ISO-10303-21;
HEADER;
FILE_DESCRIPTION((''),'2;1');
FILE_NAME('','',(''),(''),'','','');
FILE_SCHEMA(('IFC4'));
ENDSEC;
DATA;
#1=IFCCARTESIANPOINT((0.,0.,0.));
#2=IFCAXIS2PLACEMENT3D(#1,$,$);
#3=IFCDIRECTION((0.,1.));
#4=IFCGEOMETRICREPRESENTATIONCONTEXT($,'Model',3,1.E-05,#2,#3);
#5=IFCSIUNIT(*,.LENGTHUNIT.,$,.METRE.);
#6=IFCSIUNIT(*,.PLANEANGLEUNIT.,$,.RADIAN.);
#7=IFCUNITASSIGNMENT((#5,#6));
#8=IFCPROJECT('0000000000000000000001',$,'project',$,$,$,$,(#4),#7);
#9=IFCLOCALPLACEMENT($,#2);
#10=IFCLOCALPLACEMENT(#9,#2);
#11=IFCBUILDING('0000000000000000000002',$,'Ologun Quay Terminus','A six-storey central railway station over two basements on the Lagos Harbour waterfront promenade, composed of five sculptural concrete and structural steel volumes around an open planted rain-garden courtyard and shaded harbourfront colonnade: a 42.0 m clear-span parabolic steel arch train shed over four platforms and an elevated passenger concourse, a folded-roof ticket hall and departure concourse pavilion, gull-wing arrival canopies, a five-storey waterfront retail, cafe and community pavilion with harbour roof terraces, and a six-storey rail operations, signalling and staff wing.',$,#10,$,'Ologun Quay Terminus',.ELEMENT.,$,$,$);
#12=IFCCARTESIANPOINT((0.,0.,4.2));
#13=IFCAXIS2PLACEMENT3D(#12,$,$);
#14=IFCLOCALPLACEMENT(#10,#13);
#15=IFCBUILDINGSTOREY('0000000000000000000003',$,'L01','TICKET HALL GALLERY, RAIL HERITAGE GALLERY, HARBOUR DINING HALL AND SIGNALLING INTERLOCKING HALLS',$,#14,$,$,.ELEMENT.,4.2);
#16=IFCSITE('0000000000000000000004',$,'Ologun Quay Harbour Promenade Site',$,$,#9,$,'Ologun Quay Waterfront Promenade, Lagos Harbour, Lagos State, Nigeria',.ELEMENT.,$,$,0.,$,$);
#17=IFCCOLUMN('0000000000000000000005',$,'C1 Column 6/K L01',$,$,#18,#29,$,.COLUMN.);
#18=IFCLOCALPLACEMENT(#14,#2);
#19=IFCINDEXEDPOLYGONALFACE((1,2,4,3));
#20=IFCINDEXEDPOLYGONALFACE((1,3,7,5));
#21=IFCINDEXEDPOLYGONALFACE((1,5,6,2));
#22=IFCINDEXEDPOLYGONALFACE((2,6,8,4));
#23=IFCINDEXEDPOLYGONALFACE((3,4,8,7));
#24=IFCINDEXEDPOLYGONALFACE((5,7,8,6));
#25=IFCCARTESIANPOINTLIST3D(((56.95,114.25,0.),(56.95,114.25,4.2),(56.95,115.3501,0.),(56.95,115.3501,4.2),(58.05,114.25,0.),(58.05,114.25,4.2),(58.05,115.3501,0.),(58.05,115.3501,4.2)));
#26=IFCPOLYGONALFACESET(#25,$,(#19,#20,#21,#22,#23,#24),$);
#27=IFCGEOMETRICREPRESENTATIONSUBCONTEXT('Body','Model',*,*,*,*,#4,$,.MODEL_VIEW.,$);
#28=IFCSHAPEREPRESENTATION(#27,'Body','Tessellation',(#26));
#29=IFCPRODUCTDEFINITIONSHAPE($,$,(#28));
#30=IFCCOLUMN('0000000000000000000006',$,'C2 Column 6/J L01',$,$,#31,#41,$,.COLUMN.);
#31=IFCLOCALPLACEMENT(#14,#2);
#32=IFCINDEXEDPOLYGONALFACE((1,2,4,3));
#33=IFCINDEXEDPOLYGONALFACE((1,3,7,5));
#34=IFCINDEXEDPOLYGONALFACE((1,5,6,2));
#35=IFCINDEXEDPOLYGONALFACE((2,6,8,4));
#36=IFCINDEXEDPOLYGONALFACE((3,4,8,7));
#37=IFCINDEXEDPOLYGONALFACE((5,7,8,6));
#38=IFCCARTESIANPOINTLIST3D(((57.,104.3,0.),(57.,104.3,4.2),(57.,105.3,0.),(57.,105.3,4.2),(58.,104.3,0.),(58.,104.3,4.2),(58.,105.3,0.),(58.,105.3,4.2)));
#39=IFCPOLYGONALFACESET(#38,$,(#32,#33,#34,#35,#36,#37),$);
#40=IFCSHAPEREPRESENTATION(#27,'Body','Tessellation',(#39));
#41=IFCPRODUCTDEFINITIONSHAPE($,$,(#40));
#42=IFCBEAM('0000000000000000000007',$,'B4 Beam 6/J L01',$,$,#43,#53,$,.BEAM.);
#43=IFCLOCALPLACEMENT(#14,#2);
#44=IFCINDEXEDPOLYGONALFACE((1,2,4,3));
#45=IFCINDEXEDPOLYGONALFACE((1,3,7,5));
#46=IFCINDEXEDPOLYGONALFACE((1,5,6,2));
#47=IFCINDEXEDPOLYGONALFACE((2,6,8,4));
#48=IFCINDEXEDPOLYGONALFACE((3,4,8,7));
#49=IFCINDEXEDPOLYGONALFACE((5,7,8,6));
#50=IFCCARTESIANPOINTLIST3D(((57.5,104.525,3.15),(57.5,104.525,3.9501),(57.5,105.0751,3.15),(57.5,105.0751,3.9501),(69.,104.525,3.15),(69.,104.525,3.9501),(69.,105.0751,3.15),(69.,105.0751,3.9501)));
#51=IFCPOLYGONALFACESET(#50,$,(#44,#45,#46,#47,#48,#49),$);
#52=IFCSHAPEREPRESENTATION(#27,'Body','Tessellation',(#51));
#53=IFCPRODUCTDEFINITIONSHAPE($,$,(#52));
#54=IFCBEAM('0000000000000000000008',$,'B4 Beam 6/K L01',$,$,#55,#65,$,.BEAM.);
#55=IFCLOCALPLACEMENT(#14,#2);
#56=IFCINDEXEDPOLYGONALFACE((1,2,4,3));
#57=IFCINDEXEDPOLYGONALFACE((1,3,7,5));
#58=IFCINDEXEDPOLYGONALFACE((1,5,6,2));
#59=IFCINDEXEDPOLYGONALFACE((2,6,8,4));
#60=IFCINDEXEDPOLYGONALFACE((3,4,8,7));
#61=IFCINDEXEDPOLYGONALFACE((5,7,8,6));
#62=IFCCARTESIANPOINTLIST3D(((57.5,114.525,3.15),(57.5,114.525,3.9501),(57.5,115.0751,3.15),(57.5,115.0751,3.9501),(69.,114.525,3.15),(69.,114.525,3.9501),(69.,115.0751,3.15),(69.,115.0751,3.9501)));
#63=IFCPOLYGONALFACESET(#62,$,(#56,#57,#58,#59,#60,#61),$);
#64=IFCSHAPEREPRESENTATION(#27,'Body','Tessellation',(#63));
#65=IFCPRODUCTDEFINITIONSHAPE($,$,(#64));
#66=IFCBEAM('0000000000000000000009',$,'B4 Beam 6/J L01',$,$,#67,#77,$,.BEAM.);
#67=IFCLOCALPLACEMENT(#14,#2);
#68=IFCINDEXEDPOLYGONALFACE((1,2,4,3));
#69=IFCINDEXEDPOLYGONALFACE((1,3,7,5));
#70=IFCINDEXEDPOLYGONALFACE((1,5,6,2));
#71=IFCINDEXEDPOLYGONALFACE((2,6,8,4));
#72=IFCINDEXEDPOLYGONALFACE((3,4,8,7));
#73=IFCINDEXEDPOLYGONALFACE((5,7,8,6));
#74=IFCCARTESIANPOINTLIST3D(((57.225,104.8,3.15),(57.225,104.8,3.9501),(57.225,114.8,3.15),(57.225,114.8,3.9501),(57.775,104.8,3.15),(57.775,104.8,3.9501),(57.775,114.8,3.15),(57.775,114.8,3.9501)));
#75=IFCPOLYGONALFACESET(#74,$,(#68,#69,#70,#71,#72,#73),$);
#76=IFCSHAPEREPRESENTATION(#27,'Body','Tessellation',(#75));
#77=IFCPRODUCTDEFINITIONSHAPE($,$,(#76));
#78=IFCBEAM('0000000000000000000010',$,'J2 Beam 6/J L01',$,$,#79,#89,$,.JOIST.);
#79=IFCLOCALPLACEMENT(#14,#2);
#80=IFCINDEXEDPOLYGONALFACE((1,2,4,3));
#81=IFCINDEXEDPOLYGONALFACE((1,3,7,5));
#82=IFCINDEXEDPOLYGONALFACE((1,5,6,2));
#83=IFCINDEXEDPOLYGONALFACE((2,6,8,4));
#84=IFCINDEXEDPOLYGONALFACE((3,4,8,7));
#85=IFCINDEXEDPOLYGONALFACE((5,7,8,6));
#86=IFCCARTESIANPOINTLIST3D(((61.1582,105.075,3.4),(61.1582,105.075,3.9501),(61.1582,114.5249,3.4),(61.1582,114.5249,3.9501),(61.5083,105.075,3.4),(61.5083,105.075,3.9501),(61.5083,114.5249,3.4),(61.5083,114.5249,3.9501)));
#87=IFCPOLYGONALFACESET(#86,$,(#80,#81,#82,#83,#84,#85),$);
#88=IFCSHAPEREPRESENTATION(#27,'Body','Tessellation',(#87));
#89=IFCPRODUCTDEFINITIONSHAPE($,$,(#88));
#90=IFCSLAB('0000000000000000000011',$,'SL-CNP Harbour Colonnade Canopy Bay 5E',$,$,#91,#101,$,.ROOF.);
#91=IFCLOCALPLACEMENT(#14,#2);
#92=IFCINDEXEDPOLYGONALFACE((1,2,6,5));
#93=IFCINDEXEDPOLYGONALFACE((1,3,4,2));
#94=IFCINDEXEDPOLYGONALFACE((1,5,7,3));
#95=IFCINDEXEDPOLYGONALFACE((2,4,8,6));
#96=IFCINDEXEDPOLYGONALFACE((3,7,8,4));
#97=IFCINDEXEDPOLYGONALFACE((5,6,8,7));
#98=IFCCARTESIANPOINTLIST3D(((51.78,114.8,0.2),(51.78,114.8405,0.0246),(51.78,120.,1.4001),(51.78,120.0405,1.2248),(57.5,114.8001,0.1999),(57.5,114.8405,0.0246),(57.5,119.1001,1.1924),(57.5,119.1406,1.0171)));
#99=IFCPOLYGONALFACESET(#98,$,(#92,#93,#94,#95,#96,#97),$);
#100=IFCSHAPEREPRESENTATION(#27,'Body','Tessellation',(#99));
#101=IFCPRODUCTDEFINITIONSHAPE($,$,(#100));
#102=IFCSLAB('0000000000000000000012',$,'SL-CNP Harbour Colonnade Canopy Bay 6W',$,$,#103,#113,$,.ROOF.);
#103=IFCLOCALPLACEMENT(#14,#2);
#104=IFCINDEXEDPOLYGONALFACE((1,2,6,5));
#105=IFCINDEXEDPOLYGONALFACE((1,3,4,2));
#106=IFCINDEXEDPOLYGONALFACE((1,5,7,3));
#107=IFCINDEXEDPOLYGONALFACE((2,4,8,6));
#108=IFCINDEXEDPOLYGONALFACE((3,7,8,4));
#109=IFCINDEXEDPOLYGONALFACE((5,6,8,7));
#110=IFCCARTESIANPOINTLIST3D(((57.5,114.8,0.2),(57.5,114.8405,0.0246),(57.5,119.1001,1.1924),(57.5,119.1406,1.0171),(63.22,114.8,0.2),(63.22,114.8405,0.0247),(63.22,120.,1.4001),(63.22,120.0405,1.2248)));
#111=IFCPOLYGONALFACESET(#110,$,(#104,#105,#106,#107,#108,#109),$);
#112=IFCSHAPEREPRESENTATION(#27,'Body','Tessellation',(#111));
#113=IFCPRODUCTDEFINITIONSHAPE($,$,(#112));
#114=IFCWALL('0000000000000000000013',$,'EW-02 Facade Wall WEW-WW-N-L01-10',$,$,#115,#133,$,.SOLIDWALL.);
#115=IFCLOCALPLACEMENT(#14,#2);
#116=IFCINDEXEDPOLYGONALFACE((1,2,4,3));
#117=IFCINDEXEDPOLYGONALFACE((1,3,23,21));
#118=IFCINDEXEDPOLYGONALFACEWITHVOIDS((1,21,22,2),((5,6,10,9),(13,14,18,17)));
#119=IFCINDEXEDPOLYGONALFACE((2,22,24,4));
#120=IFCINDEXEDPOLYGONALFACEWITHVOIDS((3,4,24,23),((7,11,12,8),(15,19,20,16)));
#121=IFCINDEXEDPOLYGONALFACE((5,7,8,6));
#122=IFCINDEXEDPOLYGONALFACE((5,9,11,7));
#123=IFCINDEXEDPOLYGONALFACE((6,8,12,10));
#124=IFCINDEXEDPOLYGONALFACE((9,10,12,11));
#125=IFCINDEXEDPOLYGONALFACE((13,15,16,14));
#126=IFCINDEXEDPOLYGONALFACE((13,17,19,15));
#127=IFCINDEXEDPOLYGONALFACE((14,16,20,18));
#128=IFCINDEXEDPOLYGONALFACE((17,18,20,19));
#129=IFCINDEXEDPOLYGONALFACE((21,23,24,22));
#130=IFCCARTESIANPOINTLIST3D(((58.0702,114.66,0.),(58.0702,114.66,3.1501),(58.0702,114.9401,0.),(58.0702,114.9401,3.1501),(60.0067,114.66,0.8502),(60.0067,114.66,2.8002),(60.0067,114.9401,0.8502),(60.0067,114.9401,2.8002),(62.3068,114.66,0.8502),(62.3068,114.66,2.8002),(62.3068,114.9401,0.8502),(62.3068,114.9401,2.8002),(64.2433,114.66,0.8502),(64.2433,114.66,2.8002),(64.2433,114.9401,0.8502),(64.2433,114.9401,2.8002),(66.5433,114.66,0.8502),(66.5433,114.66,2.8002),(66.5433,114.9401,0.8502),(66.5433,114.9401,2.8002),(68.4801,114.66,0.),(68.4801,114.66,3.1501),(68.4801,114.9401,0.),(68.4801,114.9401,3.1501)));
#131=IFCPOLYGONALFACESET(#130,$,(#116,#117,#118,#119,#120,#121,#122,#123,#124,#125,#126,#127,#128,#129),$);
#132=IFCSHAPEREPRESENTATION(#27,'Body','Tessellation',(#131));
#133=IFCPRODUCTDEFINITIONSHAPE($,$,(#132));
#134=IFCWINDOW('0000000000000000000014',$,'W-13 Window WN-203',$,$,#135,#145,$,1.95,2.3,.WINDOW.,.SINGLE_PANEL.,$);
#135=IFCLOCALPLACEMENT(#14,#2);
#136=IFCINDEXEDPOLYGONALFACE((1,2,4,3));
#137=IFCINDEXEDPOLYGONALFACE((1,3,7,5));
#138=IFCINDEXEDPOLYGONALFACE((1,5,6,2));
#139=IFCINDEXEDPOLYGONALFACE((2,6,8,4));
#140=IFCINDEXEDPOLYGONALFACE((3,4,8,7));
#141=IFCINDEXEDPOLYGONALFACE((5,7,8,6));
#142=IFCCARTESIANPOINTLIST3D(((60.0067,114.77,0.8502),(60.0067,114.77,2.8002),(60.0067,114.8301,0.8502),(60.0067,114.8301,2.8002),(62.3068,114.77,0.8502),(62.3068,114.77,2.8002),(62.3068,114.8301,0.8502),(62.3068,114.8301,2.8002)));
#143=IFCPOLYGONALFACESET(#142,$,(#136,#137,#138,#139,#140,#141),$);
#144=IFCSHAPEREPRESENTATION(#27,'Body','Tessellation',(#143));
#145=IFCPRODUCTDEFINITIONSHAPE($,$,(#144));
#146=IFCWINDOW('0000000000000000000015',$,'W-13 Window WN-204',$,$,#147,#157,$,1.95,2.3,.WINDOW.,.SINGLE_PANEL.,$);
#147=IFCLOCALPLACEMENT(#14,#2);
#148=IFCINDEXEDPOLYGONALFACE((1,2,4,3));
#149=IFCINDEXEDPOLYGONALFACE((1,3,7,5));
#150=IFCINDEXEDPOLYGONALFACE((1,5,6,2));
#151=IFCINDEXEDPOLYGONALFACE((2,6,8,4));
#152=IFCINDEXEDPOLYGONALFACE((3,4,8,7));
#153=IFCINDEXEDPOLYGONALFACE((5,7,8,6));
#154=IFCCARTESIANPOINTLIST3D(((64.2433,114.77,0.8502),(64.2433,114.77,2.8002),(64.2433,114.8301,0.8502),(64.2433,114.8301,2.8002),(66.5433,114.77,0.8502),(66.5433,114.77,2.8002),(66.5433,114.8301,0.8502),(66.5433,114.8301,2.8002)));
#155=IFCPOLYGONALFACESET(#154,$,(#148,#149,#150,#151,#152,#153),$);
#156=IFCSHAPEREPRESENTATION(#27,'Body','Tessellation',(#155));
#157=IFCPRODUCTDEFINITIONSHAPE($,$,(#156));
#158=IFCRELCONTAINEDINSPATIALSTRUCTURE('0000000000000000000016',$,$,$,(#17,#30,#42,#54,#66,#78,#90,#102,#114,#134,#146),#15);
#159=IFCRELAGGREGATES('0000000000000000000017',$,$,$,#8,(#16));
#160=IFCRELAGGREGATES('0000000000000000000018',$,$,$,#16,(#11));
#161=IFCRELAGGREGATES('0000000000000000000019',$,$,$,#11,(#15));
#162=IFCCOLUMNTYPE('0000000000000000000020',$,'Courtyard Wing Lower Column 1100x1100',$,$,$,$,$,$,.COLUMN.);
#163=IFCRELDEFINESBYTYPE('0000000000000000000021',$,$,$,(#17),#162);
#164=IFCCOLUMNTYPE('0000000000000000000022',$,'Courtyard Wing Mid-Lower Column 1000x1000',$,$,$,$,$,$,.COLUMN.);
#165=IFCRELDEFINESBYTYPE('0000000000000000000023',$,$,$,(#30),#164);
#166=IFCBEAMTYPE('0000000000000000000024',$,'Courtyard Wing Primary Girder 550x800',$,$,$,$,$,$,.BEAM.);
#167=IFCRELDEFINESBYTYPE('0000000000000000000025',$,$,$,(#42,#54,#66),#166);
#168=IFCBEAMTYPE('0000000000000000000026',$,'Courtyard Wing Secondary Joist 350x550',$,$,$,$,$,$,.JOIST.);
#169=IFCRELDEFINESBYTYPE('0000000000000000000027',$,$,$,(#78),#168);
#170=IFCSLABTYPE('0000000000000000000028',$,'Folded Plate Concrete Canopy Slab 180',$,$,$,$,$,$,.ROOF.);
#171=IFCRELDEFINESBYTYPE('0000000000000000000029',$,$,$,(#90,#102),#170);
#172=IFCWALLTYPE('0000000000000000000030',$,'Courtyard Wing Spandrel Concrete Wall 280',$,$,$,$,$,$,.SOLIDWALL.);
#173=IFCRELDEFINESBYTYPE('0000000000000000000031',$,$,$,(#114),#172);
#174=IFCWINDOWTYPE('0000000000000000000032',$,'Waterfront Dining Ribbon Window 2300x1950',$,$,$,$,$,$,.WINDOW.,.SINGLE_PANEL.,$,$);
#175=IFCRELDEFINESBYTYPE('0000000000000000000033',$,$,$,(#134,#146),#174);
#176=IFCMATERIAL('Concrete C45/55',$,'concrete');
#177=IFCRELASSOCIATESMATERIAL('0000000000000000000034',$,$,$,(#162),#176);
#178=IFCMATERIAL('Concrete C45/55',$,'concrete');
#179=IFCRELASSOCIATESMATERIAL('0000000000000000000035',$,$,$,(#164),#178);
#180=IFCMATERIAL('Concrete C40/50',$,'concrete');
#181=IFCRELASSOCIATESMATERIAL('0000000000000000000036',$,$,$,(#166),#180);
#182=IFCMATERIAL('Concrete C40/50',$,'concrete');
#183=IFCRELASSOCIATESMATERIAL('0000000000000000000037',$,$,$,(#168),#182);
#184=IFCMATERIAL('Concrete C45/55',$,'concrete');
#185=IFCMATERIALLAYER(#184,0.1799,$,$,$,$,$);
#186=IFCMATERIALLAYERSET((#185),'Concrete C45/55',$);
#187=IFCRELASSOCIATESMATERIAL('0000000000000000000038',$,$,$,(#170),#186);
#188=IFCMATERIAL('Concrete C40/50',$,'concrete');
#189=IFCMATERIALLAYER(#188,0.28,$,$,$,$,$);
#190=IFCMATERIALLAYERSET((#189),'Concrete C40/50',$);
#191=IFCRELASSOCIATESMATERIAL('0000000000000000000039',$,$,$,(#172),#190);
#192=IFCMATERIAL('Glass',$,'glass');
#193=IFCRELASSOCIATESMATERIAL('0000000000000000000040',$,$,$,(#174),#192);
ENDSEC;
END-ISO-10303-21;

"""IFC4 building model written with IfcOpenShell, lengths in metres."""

from ifc_helpers import new_model, si_unit, direction, frame, frame_2d, origin, origin_2d, place, context, subcontext, project, spatial, polyline, rectangle, outline, extrude, material, layer, layer_set, material_profile, profile_set, type_object, element, fill, save


model = new_model("IFC4")

# Units and contexts
model_context = context("Model", 3, precision=1e-05, world=origin(), true_north=direction((0.0, 1.0)))
body_context = subcontext(model_context, "Body", "Model", "MODEL_VIEW")
ifc_project = project(units=[si_unit("LENGTHUNIT", "METRE"), si_unit("PLANEANGLEUNIT", "RADIAN")], contexts=[model_context])

# Site, building, storey
site_placement = place(None, origin())
site = spatial("IfcSite", under=ifc_project, at=site_placement, Name="Ologun Quay Harbour Promenade Site", LongName="Ologun Quay Waterfront Promenade, Lagos Harbour, Lagos State, Nigeria", CompositionType="ELEMENT", RefElevation=0.0)
building_placement = place(site_placement, origin())
building = spatial("IfcBuilding", under=site, at=building_placement, Name="Ologun Quay Terminus", Description="A six-storey central railway station over two basements on the Lagos Harbour waterfront promenade, composed of five sculptural concrete and structural steel volumes around an open planted rain-garden courtyard and shaded harbourfront colonnade: a 42.0 m clear-span parabolic steel arch train shed over four platforms and an elevated passenger concourse, a folded-roof ticket hall and departure concourse pavilion, gull-wing arrival canopies, a five-storey waterfront retail, cafe and community pavilion with harbour roof terraces, and a six-storey rail operations, signalling and staff wing.", LongName="Ologun Quay Terminus", CompositionType="ELEMENT")
storey_placement = place(building_placement, frame((0.0, 0.0, 4.2)))
storey = spatial("IfcBuildingStorey", under=building, at=storey_placement, Name="L01", Description="TICKET HALL GALLERY, RAIL HERITAGE GALLERY, HARBOUR DINING HALL AND SIGNALLING INTERLOCKING HALLS", CompositionType="ELEMENT", Elevation=4.2)

# Columns
ifc_material_1 = material(Name="Concrete C45/55", Category="concrete")
ifc_material_profile_1 = material_profile(ifc_material_1, rectangle(XDim=1.1001, YDim=1.1001, at=origin_2d()), Name="RC 1100x1100")
ifc_profile_set_1 = profile_set([ifc_material_profile_1], Name="Concrete C45/55")
column_type_1 = type_object("IfcColumnType", Name="Courtyard Wing Lower Column 1100x1100", PredefinedType="COLUMN", material=ifc_profile_set_1)
column_1_placement = place(storey_placement, frame((57.5, 114.8, 0.0), z_axis=(0.0, 0.0, 1.0), x_axis=(1.0, 0.0, 0.0)))
element("IfcColumn", 1, at=column_1_placement, inside=storey, type_object=column_type_1, Name="C1 Column 6/K L01", PredefinedType="COLUMN", context=body_context, shape_type="SweptSolid", body=[
    extrude(rectangle(XDim=1.1001, YDim=1.1001, at=origin_2d()), origin(), (0.0, 0.0, 1.0), 4.2),
])
ifc_material_2 = material(Name="Concrete C45/55", Category="concrete")
ifc_material_profile_2 = material_profile(ifc_material_2, rectangle(XDim=1.0, YDim=1.0, at=origin_2d()), Name="RC 1000x1000")
ifc_profile_set_2 = profile_set([ifc_material_profile_2], Name="Concrete C45/55")
column_type_2 = type_object("IfcColumnType", Name="Courtyard Wing Mid-Lower Column 1000x1000", PredefinedType="COLUMN", material=ifc_profile_set_2)
column_2_placement = place(storey_placement, frame((57.5, 104.8, 0.0), z_axis=(0.0, 0.0, 1.0), x_axis=(1.0, 0.0, 0.0)))
element("IfcColumn", 2, at=column_2_placement, inside=storey, type_object=column_type_2, Name="C2 Column 6/J L01", PredefinedType="COLUMN", context=body_context, shape_type="SweptSolid", body=[
    extrude(rectangle(XDim=1.0, YDim=1.0, at=origin_2d()), origin(), (0.0, 0.0, 1.0), 4.2),
])

# Beams
ifc_material_3 = material(Name="Concrete C40/50", Category="concrete")
ifc_material_profile_3 = material_profile(ifc_material_3, rectangle(XDim=0.55, YDim=0.8, at=origin_2d()), Name="RC 550x800")
ifc_profile_set_3 = profile_set([ifc_material_profile_3], Name="Concrete C40/50")
beam_type_1 = type_object("IfcBeamType", Name="Courtyard Wing Primary Girder 550x800", PredefinedType="BEAM", material=ifc_profile_set_3)
for number, where, z_axis, x_axis, name in (
    (3, (57.5, 104.8, 3.55), (1.0, 0.0, 0.0), (0.0, 1.0, 0.0), "B4 Beam 6/J L01"),
    (4, (57.5, 114.8, 3.55), (1.0, 0.0, 0.0), (0.0, 1.0, 0.0), "B4 Beam 6/K L01"),
):
    element("IfcBeam", number, at=place(storey_placement, frame(where, z_axis=z_axis, x_axis=x_axis)), inside=storey, type_object=beam_type_1, Name=name, PredefinedType="BEAM", context=body_context, shape_type="SweptSolid", body=[
        extrude(rectangle(XDim=0.55, YDim=0.8, at=origin_2d()), origin(), (0.0, 0.0, 1.0), 11.5),
    ])
beam_1_placement = place(storey_placement, frame((57.5, 104.8, 3.55), z_axis=(0.0, 1.0, 0.0), x_axis=(-1.0, 0.0, 0.0)))
element("IfcBeam", 5, at=beam_1_placement, inside=storey, type_object=beam_type_1, Name="B4 Beam 6/J L01", PredefinedType="BEAM", context=body_context, shape_type="SweptSolid", body=[
    extrude(rectangle(XDim=0.55, YDim=0.8, at=origin_2d()), origin(), (0.0, 0.0, 1.0), 10.0),
])
ifc_material_4 = material(Name="Concrete C40/50", Category="concrete")
ifc_material_profile_4 = material_profile(ifc_material_4, rectangle(XDim=0.3501, YDim=0.55, at=origin_2d()), Name="RC 350x550")
ifc_profile_set_4 = profile_set([ifc_material_profile_4], Name="Concrete C40/50")
beam_type_2 = type_object("IfcBeamType", Name="Courtyard Wing Secondary Joist 350x550", PredefinedType="JOIST", material=ifc_profile_set_4)
beam_2_placement = place(storey_placement, frame((61.3333, 105.075, 3.675), z_axis=(0.0, 1.0, 0.0), x_axis=(-1.0, 0.0, 0.0)))
element("IfcBeam", 6, at=beam_2_placement, inside=storey, type_object=beam_type_2, Name="J2 Beam 6/J L01", PredefinedType="JOIST", context=body_context, shape_type="SweptSolid", body=[
    extrude(rectangle(XDim=0.3501, YDim=0.55, at=origin_2d()), origin(), (0.0, 0.0, 1.0), 9.45),
])

# Slabs
ifc_material_5 = material(Name="Concrete C45/55", Category="concrete")
ifc_layer_1 = layer(ifc_material_5, 0.1799)
ifc_layer_set_1 = layer_set([ifc_layer_1], Name="Concrete C45/55")
slab_type = type_object("IfcSlabType", Name="Folded Plate Concrete Canopy Slab 180", PredefinedType="ROOF", material=ifc_layer_set_1)
slab_1_placement = place(storey_placement, frame((51.78, 114.8, 0.2), z_axis=(0.000005, -0.224891, 0.974384), x_axis=(1.0, 0.000001, -0.000005)))
element("IfcSlab", 7, at=slab_1_placement, inside=storey, type_object=slab_type, Name="SL-CNP Harbour Colonnade Canopy Bay 5E", PredefinedType="ROOF", context=body_context, shape_type="SweptSolid", body=[
    extrude(outline(polyline([(0.0, 0.0), (5.72, 0.0), (5.72, 4.4131), (0.0, 5.3367), (0.0, 0.0)])), origin(), (0.0, 0.0, -1.0), 0.1799),
])
slab_2_placement = place(storey_placement, frame((57.5, 114.8, 0.2), z_axis=(-0.000005, -0.224891, 0.974384), x_axis=(1.0, -0.000001, 0.000005)))
element("IfcSlab", 8, at=slab_2_placement, inside=storey, type_object=slab_type, Name="SL-CNP Harbour Colonnade Canopy Bay 6W", PredefinedType="ROOF", context=body_context, shape_type="SweptSolid", body=[
    extrude(outline(polyline([(0.0, 0.0), (5.72, 0.0), (5.72, 5.3367), (0.0, 4.4131), (0.0, 0.0)])), origin(), (0.0, 0.0, -1.0), 0.1799),
])

# Wall, openings, windows
ifc_material_6 = material(Name="Concrete C40/50", Category="concrete")
ifc_layer_2 = layer(ifc_material_6, 0.28)
ifc_layer_set_2 = layer_set([ifc_layer_2], Name="Concrete C40/50")
wall_type = type_object("IfcWallType", Name="Courtyard Wing Spandrel Concrete Wall 280", PredefinedType="SOLIDWALL", material=ifc_layer_set_2)
wall_1_placement = place(storey_placement, frame((58.0701, 114.8, 0.0), z_axis=(0.0, 0.0, 1.0), x_axis=(1.0, 0.0, 0.0)))
wall_1 = element("IfcWall", 9, at=wall_1_placement, inside=storey, type_object=wall_type, Name="EW-02 Facade Wall WEW-WW-N-L01-10", PredefinedType="SOLIDWALL", context=body_context, shape_type="SweptSolid", body=[
    extrude(rectangle(XDim=10.4099, YDim=0.28, at=frame_2d((5.2051, 0.0))), origin(), (0.0, 0.0, 1.0), 3.1501),
])
opening_1_placement = place(wall_1_placement, frame((1.9368, 0.0, 0.8501)))
opening_1 = element("IfcOpeningElement", 10, at=opening_1_placement, cuts=wall_1, PredefinedType="OPENING", context=body_context, shape_type="SweptSolid", body=[
    extrude(rectangle(XDim=2.3, YDim=1.95, at=frame_2d((1.1499, 0.9751))), frame((0.0, 0.1499, 0.0), z_axis=(0.0, -1.0, 0.0), x_axis=(1.0, 0.0, 0.0)), (0.0, 0.0, 1.0), 0.3),
])
opening_2_placement = place(wall_1_placement, frame((6.1733, 0.0, 0.8501)))
opening_2 = element("IfcOpeningElement", 11, at=opening_2_placement, cuts=wall_1, PredefinedType="OPENING", context=body_context, shape_type="SweptSolid", body=[
    extrude(rectangle(XDim=2.3, YDim=1.95, at=frame_2d((1.1499, 0.9751))), frame((0.0, 0.1499, 0.0), z_axis=(0.0, -1.0, 0.0), x_axis=(1.0, 0.0, 0.0)), (0.0, 0.0, 1.0), 0.3),
])
ifc_material_7 = material(Name="Glass", Category="glass")
window_type_1 = type_object("IfcWindowType", Name="Waterfront Dining Ribbon Window 2300x1950", PartitioningType="SINGLE_PANEL", PredefinedType="WINDOW", material=ifc_material_7)
window_1_placement = place(opening_1_placement, origin())
window_1 = element("IfcWindow", 12, at=window_1_placement, inside=storey, type_object=window_type_1, Name="W-13 Window WN-203", OverallHeight=1.95, OverallWidth=2.3, PartitioningType="SINGLE_PANEL", PredefinedType="WINDOW", context=body_context, shape_type="SweptSolid", body=[
    extrude(rectangle(XDim=2.3, YDim=1.95, at=frame_2d((1.1499, 0.9751))), frame((0.0, 0.03, 0.0), z_axis=(0.0, -1.0, 0.0), x_axis=(1.0, 0.0, 0.0)), (0.0, 0.0, 1.0), 0.0601),
])
fill(opening_1, window_1)
window_2_placement = place(opening_2_placement, origin())
window_2 = element("IfcWindow", 13, at=window_2_placement, inside=storey, type_object=window_type_1, Name="W-13 Window WN-204", OverallHeight=1.95, OverallWidth=2.3, PartitioningType="SINGLE_PANEL", PredefinedType="WINDOW", context=body_context, shape_type="SweptSolid", body=[
    extrude(rectangle(XDim=2.3, YDim=1.95, at=frame_2d((1.1499, 0.9751))), frame((0.0, 0.03, 0.0), z_axis=(0.0, -1.0, 0.0), x_axis=(1.0, 0.0, 0.0)), (0.0, 0.0, 1.0), 0.0601),
])
fill(opening_2, window_2)

save(model, "model.ifc")
